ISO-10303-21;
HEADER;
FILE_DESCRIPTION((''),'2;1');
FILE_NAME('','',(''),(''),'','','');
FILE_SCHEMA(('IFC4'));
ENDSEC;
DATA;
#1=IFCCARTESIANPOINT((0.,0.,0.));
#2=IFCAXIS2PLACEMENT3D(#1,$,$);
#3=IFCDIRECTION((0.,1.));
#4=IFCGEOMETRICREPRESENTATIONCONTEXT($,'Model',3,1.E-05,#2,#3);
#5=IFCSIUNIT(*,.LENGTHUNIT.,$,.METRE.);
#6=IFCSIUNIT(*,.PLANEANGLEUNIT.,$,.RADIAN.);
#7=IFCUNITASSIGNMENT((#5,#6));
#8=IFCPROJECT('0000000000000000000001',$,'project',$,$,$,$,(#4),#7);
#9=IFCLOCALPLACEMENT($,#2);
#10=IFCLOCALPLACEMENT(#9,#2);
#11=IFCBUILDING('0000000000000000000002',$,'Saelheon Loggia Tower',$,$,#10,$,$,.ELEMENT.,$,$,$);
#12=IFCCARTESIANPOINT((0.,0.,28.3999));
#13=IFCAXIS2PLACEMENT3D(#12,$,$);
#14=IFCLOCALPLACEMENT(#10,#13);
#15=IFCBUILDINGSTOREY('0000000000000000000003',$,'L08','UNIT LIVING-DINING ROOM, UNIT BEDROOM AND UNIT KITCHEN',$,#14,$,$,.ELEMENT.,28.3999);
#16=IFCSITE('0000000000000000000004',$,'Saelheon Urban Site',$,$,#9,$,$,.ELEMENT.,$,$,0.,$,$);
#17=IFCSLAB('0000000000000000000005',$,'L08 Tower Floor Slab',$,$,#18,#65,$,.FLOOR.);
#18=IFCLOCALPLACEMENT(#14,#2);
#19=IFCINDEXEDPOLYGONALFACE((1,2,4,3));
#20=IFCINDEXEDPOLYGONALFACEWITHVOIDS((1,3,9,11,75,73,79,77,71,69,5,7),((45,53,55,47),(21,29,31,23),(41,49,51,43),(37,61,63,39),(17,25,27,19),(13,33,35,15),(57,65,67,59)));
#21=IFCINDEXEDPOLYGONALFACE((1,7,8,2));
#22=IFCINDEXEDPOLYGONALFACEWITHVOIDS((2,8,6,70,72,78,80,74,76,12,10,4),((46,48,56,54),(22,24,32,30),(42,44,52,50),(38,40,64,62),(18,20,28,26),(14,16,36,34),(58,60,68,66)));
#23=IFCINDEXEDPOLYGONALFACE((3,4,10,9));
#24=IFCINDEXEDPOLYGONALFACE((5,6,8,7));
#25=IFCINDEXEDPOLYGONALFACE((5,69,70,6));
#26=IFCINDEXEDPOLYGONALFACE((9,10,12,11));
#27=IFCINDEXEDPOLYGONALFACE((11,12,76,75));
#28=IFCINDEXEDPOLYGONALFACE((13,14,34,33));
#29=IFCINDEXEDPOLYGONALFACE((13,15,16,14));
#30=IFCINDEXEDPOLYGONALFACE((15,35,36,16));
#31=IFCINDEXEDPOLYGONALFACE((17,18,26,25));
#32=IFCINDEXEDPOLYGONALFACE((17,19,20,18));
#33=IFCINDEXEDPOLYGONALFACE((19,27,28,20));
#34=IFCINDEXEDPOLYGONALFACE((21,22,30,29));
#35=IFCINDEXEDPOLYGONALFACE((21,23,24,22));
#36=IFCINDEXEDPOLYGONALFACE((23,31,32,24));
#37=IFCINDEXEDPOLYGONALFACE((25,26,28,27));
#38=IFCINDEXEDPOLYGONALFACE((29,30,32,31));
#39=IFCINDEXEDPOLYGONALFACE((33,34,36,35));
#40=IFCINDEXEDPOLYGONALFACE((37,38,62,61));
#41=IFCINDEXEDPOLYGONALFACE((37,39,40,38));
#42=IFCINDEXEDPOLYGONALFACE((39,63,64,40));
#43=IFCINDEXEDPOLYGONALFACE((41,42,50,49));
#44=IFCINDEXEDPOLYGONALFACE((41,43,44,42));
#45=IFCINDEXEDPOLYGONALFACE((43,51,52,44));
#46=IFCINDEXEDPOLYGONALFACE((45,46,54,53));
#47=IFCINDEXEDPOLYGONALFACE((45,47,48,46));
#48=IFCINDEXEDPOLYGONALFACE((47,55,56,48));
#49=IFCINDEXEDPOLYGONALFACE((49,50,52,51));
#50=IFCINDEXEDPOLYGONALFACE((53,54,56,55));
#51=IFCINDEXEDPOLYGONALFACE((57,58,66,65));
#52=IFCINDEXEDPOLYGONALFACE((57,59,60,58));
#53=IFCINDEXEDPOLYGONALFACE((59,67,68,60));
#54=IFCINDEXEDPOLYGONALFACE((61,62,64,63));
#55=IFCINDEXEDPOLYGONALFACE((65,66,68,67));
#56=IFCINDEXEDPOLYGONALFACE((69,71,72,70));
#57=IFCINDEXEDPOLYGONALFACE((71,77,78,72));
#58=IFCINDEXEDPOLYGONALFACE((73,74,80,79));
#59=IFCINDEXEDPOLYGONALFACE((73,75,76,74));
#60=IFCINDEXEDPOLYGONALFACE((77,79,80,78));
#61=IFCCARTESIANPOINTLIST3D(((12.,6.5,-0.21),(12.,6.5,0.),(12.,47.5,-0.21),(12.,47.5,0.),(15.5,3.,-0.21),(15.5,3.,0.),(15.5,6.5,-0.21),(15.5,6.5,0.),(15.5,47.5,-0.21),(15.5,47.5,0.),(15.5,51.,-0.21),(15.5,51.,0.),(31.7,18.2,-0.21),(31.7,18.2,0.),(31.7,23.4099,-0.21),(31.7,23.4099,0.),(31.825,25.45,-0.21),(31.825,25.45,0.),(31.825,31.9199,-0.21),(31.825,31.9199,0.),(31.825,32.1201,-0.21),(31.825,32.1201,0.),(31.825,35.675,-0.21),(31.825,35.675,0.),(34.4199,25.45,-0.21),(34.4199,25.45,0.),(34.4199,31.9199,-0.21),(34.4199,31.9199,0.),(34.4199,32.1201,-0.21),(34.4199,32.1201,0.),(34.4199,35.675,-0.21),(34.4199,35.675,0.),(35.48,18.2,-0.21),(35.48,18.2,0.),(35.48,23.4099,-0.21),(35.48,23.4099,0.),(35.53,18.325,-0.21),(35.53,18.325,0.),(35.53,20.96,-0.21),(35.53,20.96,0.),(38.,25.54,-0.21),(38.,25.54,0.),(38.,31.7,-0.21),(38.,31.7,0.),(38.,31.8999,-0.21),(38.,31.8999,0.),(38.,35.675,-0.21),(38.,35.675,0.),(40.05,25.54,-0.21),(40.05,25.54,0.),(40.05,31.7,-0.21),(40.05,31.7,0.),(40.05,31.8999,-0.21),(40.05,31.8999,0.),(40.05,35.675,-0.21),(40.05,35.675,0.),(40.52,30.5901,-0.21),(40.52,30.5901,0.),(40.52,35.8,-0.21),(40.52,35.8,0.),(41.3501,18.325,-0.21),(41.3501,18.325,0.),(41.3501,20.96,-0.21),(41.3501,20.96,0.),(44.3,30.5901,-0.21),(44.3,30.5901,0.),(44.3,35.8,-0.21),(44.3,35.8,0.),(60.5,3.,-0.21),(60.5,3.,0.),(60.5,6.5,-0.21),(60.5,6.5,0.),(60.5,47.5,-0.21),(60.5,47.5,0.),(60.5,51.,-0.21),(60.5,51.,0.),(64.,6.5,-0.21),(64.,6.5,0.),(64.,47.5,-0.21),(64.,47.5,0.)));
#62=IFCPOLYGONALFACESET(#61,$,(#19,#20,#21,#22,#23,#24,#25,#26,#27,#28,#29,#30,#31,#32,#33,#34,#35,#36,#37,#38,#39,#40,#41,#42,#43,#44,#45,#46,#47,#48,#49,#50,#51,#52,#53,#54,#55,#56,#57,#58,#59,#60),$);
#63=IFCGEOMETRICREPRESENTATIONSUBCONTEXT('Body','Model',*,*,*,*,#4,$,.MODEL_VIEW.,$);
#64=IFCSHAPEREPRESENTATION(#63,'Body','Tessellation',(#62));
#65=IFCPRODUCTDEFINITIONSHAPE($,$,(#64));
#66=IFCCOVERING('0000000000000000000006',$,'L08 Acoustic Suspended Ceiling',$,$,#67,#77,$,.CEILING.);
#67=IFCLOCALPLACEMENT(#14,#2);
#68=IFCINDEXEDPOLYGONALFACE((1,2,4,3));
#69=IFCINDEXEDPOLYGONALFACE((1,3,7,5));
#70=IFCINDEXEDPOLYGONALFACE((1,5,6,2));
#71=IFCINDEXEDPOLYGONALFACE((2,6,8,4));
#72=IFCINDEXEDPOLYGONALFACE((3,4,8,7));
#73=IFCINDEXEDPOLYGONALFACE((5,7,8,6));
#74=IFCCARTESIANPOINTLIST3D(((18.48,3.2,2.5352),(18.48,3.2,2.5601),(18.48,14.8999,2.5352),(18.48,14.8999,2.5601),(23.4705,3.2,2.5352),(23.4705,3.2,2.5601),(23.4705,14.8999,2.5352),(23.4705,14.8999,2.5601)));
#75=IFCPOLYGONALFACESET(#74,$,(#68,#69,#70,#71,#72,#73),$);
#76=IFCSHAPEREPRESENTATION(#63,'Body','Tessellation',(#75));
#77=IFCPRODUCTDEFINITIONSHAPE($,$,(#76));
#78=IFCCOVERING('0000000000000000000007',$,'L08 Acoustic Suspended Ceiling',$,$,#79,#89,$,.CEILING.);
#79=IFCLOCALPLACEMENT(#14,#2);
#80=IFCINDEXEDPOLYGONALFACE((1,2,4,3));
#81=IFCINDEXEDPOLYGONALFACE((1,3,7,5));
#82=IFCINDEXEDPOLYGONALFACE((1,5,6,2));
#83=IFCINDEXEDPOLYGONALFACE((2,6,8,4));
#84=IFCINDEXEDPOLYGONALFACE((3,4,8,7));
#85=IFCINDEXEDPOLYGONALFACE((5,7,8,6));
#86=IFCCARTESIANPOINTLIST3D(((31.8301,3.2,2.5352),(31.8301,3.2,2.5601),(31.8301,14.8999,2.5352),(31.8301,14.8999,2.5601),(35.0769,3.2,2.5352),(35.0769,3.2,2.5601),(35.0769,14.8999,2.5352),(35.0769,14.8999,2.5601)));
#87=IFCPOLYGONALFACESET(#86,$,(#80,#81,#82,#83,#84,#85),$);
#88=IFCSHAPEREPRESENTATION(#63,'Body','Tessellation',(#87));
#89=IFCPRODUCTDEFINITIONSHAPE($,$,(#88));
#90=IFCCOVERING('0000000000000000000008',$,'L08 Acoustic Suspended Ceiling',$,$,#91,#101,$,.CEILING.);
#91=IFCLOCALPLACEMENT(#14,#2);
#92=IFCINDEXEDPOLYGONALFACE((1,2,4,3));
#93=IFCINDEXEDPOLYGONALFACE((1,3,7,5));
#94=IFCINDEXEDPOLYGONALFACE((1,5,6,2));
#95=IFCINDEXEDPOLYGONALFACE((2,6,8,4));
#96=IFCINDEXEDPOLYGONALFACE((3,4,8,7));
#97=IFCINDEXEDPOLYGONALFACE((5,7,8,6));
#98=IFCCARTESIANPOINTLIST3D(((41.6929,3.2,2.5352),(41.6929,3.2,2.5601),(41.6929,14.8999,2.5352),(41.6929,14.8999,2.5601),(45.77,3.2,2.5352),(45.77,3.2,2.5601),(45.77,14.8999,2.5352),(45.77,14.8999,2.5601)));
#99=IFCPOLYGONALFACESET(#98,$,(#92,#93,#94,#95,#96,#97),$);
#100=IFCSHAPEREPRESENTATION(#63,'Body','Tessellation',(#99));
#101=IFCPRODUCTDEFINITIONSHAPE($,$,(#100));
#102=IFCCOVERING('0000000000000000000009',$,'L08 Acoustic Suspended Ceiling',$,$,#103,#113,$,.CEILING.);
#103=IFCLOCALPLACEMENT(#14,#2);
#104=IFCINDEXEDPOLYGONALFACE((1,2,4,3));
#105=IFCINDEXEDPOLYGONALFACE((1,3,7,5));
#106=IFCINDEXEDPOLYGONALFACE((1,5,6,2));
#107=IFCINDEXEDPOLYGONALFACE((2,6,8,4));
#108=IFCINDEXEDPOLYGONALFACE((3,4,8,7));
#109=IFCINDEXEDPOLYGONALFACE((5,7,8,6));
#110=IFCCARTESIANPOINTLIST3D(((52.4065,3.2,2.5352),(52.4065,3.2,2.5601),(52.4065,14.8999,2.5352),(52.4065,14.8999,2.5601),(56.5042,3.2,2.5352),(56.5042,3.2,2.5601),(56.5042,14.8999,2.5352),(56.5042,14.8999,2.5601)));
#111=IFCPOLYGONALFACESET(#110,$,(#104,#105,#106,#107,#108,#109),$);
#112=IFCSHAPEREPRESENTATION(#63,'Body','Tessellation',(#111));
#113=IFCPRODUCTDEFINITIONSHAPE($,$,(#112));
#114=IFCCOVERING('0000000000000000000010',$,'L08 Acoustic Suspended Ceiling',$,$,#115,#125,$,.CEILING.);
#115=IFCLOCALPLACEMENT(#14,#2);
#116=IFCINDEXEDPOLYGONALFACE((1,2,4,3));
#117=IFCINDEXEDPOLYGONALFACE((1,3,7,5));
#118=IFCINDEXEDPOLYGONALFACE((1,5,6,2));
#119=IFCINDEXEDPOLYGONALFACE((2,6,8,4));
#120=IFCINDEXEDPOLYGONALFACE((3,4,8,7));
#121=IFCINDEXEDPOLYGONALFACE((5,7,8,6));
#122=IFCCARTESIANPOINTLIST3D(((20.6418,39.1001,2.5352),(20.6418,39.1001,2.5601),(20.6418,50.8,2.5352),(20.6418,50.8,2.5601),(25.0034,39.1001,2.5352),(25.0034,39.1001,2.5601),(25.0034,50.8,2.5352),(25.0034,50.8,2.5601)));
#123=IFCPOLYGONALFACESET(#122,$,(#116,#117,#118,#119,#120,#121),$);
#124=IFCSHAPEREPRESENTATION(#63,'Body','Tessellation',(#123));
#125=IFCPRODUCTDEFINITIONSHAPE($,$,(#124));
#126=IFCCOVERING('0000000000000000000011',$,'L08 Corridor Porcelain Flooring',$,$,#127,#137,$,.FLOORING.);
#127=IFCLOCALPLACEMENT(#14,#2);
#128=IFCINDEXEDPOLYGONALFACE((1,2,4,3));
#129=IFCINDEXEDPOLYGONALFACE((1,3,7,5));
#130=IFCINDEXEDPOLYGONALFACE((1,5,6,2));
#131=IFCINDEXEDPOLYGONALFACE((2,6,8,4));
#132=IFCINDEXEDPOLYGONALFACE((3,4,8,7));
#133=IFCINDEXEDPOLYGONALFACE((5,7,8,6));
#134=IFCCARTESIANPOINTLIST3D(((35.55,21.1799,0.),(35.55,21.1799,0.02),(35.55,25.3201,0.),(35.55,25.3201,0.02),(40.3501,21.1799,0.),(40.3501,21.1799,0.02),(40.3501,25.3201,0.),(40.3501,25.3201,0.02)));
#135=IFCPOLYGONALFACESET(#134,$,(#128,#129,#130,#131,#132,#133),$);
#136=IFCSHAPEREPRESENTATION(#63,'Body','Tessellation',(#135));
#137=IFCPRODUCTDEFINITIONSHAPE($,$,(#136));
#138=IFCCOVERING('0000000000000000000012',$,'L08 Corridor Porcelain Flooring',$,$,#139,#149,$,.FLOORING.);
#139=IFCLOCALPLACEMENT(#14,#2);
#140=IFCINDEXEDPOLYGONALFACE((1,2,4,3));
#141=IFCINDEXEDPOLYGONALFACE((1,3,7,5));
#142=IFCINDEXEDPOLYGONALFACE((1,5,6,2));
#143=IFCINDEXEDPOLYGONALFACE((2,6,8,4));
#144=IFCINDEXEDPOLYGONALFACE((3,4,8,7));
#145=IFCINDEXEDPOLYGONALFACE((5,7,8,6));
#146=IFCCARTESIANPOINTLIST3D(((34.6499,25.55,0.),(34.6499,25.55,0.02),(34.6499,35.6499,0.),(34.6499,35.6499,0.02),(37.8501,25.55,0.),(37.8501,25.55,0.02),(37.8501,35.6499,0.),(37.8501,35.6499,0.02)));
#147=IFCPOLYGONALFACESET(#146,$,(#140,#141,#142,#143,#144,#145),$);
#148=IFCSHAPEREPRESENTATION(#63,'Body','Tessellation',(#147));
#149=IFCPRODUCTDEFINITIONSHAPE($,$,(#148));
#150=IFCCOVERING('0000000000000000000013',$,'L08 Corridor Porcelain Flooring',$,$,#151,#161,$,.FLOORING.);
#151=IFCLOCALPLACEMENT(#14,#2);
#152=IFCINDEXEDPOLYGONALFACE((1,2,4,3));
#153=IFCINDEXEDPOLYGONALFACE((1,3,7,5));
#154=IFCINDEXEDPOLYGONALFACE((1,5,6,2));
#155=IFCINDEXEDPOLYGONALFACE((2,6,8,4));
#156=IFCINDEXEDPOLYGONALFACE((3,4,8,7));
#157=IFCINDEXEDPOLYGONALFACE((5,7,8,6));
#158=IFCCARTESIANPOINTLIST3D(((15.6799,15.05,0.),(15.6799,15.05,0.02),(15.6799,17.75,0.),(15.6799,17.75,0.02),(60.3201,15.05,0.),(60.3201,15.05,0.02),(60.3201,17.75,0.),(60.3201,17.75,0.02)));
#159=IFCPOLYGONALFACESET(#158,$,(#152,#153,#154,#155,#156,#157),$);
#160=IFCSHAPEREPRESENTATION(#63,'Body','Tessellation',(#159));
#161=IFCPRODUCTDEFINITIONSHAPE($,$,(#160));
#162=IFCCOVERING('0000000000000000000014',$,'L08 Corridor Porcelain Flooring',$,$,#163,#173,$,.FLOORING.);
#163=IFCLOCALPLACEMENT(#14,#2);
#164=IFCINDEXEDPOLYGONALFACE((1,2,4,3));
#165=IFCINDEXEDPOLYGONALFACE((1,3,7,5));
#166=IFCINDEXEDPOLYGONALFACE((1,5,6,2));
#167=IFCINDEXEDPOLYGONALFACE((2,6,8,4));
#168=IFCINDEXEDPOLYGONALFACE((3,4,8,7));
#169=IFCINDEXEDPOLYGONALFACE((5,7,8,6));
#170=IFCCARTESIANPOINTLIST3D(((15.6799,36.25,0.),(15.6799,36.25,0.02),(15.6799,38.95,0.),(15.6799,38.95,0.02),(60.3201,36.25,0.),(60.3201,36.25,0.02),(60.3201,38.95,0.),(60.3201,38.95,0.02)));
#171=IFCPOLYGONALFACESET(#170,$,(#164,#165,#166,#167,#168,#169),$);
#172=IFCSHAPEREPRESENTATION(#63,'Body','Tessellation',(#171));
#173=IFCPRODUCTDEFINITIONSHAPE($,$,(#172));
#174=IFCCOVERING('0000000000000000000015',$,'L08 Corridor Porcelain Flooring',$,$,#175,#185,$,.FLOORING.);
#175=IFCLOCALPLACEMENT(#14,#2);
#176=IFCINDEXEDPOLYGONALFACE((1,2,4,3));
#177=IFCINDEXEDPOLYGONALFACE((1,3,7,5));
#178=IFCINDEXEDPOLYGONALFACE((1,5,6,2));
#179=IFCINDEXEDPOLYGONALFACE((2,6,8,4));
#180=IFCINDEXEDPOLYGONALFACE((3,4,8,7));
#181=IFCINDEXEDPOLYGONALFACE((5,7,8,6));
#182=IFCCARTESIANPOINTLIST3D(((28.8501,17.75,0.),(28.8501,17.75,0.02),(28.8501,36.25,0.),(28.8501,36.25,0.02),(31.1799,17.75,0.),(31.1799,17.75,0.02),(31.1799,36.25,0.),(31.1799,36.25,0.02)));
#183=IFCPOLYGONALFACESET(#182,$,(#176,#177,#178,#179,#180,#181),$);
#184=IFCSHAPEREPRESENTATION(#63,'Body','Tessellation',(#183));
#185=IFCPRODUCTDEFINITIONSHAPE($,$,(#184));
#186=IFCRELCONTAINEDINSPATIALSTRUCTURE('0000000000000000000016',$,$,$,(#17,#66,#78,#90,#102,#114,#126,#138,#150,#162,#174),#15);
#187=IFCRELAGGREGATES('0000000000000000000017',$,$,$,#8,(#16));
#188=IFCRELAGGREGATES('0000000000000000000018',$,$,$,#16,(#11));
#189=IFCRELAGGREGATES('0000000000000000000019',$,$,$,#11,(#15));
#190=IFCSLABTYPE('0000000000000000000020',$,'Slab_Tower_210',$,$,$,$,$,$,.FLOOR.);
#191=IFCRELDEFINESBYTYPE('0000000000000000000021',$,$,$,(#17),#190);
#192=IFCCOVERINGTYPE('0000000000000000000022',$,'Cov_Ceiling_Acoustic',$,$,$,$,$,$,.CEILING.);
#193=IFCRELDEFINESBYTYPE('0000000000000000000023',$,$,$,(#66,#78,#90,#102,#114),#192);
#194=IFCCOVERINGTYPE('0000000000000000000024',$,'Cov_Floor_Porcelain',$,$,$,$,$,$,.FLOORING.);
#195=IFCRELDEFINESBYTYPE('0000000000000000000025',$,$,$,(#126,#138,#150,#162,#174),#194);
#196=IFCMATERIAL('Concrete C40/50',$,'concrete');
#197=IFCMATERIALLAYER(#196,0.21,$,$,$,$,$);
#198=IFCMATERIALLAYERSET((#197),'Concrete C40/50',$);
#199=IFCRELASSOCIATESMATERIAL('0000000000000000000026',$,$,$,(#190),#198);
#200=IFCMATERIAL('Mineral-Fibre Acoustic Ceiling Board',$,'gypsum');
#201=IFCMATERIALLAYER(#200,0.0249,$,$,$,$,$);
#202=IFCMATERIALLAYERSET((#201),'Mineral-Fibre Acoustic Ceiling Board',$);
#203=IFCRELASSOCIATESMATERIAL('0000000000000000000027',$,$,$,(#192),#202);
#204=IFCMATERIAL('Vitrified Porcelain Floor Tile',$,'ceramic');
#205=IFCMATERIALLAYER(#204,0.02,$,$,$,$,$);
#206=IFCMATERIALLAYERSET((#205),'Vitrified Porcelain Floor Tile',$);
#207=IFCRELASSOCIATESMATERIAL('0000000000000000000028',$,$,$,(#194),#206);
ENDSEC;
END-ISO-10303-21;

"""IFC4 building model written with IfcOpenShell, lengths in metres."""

from ifc_helpers import new_model, si_unit, direction, frame, origin, place, context, subcontext, project, spatial, polyline, outline, extrude, material, layer, layer_set, type_object, element, save


model = new_model("IFC4")

# Units and contexts
model_context = context("Model", 3, precision=1e-05, world=origin(), true_north=direction((0.0, 1.0)))
body_context = subcontext(model_context, "Body", "Model", "MODEL_VIEW")
ifc_project = project(units=[si_unit("LENGTHUNIT", "METRE"), si_unit("PLANEANGLEUNIT", "RADIAN")], contexts=[model_context])

# Site, building, storey
site_placement = place(None, origin())
site = spatial("IfcSite", under=ifc_project, at=site_placement, Name="Saelheon Urban Site", CompositionType="ELEMENT", RefElevation=0.0)
building_placement = place(site_placement, origin())
building = spatial("IfcBuilding", under=site, at=building_placement, Name="Saelheon Loggia Tower", CompositionType="ELEMENT")
storey_placement = place(building_placement, frame((0.0, 0.0, 28.3999)))
storey = spatial("IfcBuildingStorey", under=building, at=storey_placement, Name="L08", Description="UNIT LIVING-DINING ROOM, UNIT BEDROOM AND UNIT KITCHEN", CompositionType="ELEMENT", Elevation=28.3999)

# Shared definitions
ifc_material_1 = material(Name="Concrete C40/50", Category="concrete")

# Slab
ifc_layer_1 = layer(ifc_material_1, 0.21)
ifc_layer_set_1 = layer_set([ifc_layer_1], Name="Concrete C40/50")
slab_type_1 = type_object("IfcSlabType", Name="Slab_Tower_210", PredefinedType="FLOOR", material=ifc_layer_set_1)
slab_1_placement = place(storey_placement, frame((0.0, 0.0, -0.21)))
element("IfcSlab", 1, at=slab_1_placement, inside=storey, type_object=slab_type_1, Name="L08 Tower Floor Slab", PredefinedType="FLOOR", context=body_context, shape_type="SweptSolid", body=[
    extrude(outline(polyline([(15.5, 3.0), (60.5, 3.0), (60.5, 6.5), (64.0, 6.5), (64.0, 47.5), (60.5, 47.5), (60.5, 51.0), (15.5, 51.0), (15.5, 47.5), (12.0, 47.5), (12.0, 6.5), (15.5, 6.5), (15.5, 3.0)]), holes=[polyline([(31.7, 23.4099), (31.7, 18.2), (35.48, 18.2), (35.48, 23.4099), (31.7, 23.4099)]), polyline([(44.3, 30.5901), (44.3, 35.8), (40.52, 35.8), (40.52, 30.5901), (44.3, 30.5901)]), polyline([(35.53, 18.325), (41.3501, 18.325), (41.3501, 20.96), (35.53, 20.96), (35.53, 18.325)]), polyline([(31.825, 32.1201), (34.4199, 32.1201), (34.4199, 35.675), (31.825, 35.675), (31.825, 32.1201)]), polyline([(38.0, 31.8999), (40.05, 31.8999), (40.05, 35.675), (38.0, 35.675), (38.0, 31.8999)]), polyline([(31.825, 25.45), (34.4199, 25.45), (34.4199, 31.9199), (31.825, 31.9199), (31.825, 25.45)]), polyline([(38.0, 25.54), (40.05, 25.54), (40.05, 31.7), (38.0, 31.7), (38.0, 25.54)])]), origin(), (0.0, 0.0, 1.0), 0.21),
])

# Coverings
ifc_material_2 = material(Name="Mineral-Fibre Acoustic Ceiling Board", Category="gypsum")
ifc_layer_2 = layer(ifc_material_2, 0.0249)
ifc_layer_set_2 = layer_set([ifc_layer_2], Name="Mineral-Fibre Acoustic Ceiling Board")
covering_type_1 = type_object("IfcCoveringType", Name="Cov_Ceiling_Acoustic", PredefinedType="CEILING", material=ifc_layer_set_2)
covering_1_placement = place(storey_placement, frame((0.0, 0.0, 2.5352)))
element("IfcCovering", 2, at=covering_1_placement, inside=storey, type_object=covering_type_1, Name="L08 Acoustic Suspended Ceiling", PredefinedType="CEILING", context=body_context, shape_type="SweptSolid", body=[
    extrude(outline(polyline([(18.48, 3.2), (23.4705, 3.2), (23.4705, 14.8999), (18.48, 14.8999), (18.48, 3.2)])), origin(), (0.0, 0.0, 1.0), 0.0249),
])
covering_2_placement = place(storey_placement, frame((0.0, 0.0, 2.5352)))
element("IfcCovering", 3, at=covering_2_placement, inside=storey, type_object=covering_type_1, Name="L08 Acoustic Suspended Ceiling", PredefinedType="CEILING", context=body_context, shape_type="SweptSolid", body=[
    extrude(outline(polyline([(31.8301, 3.2), (35.0769, 3.2), (35.0769, 14.8999), (31.8301, 14.8999), (31.8301, 3.2)])), origin(), (0.0, 0.0, 1.0), 0.0249),
])
covering_3_placement = place(storey_placement, frame((0.0, 0.0, 2.5352)))
element("IfcCovering", 4, at=covering_3_placement, inside=storey, type_object=covering_type_1, Name="L08 Acoustic Suspended Ceiling", PredefinedType="CEILING", context=body_context, shape_type="SweptSolid", body=[
    extrude(outline(polyline([(41.6929, 3.2), (45.77, 3.2), (45.77, 14.8999), (41.6929, 14.8999), (41.6929, 3.2)])), origin(), (0.0, 0.0, 1.0), 0.0249),
])
covering_4_placement = place(storey_placement, frame((0.0, 0.0, 2.5352)))
element("IfcCovering", 5, at=covering_4_placement, inside=storey, type_object=covering_type_1, Name="L08 Acoustic Suspended Ceiling", PredefinedType="CEILING", context=body_context, shape_type="SweptSolid", body=[
    extrude(outline(polyline([(52.4065, 3.2), (56.5042, 3.2), (56.5042, 14.8999), (52.4065, 14.8999), (52.4065, 3.2)])), origin(), (0.0, 0.0, 1.0), 0.0249),
])
covering_5_placement = place(storey_placement, frame((0.0, 0.0, 2.5352)))
element("IfcCovering", 6, at=covering_5_placement, inside=storey, type_object=covering_type_1, Name="L08 Acoustic Suspended Ceiling", PredefinedType="CEILING", context=body_context, shape_type="SweptSolid", body=[
    extrude(outline(polyline([(20.6418, 39.1001), (25.0034, 39.1001), (25.0034, 50.8), (20.6418, 50.8), (20.6418, 39.1001)])), origin(), (0.0, 0.0, 1.0), 0.0249),
])
ifc_material_3 = material(Name="Vitrified Porcelain Floor Tile", Category="ceramic")
ifc_layer_3 = layer(ifc_material_3, 0.02)
ifc_layer_set_3 = layer_set([ifc_layer_3], Name="Vitrified Porcelain Floor Tile")
covering_type_2 = type_object("IfcCoveringType", Name="Cov_Floor_Porcelain", PredefinedType="FLOORING", material=ifc_layer_set_3)
covering_6_placement = place(storey_placement, origin())
element("IfcCovering", 7, at=covering_6_placement, inside=storey, type_object=covering_type_2, Name="L08 Corridor Porcelain Flooring", PredefinedType="FLOORING", context=body_context, shape_type="SweptSolid", body=[
    extrude(outline(polyline([(35.55, 21.1799), (40.3501, 21.1799), (40.3501, 25.3201), (35.55, 25.3201), (35.55, 21.1799)])), origin(), (0.0, 0.0, 1.0), 0.02),
])
covering_7_placement = place(storey_placement, origin())
element("IfcCovering", 8, at=covering_7_placement, inside=storey, type_object=covering_type_2, Name="L08 Corridor Porcelain Flooring", PredefinedType="FLOORING", context=body_context, shape_type="SweptSolid", body=[
    extrude(outline(polyline([(34.6499, 25.55), (37.8501, 25.55), (37.8501, 35.6499), (34.6499, 35.6499), (34.6499, 25.55)])), origin(), (0.0, 0.0, 1.0), 0.02),
])
covering_8_placement = place(storey_placement, origin())
element("IfcCovering", 9, at=covering_8_placement, inside=storey, type_object=covering_type_2, Name="L08 Corridor Porcelain Flooring", PredefinedType="FLOORING", context=body_context, shape_type="SweptSolid", body=[
    extrude(outline(polyline([(15.6799, 15.05), (60.3201, 15.05), (60.3201, 17.75), (15.6799, 17.75), (15.6799, 15.05)])), origin(), (0.0, 0.0, 1.0), 0.02),
])
covering_9_placement = place(storey_placement, origin())
element("IfcCovering", 10, at=covering_9_placement, inside=storey, type_object=covering_type_2, Name="L08 Corridor Porcelain Flooring", PredefinedType="FLOORING", context=body_context, shape_type="SweptSolid", body=[
    extrude(outline(polyline([(15.6799, 36.25), (60.3201, 36.25), (60.3201, 38.95), (15.6799, 38.95), (15.6799, 36.25)])), origin(), (0.0, 0.0, 1.0), 0.02),
])
covering_10_placement = place(storey_placement, origin())
element("IfcCovering", 11, at=covering_10_placement, inside=storey, type_object=covering_type_2, Name="L08 Corridor Porcelain Flooring", PredefinedType="FLOORING", context=body_context, shape_type="SweptSolid", body=[
    extrude(outline(polyline([(28.8501, 17.75), (31.1799, 17.75), (31.1799, 36.25), (28.8501, 36.25), (28.8501, 17.75)])), origin(), (0.0, 0.0, 1.0), 0.02),
])

save(model, "model.ifc")
